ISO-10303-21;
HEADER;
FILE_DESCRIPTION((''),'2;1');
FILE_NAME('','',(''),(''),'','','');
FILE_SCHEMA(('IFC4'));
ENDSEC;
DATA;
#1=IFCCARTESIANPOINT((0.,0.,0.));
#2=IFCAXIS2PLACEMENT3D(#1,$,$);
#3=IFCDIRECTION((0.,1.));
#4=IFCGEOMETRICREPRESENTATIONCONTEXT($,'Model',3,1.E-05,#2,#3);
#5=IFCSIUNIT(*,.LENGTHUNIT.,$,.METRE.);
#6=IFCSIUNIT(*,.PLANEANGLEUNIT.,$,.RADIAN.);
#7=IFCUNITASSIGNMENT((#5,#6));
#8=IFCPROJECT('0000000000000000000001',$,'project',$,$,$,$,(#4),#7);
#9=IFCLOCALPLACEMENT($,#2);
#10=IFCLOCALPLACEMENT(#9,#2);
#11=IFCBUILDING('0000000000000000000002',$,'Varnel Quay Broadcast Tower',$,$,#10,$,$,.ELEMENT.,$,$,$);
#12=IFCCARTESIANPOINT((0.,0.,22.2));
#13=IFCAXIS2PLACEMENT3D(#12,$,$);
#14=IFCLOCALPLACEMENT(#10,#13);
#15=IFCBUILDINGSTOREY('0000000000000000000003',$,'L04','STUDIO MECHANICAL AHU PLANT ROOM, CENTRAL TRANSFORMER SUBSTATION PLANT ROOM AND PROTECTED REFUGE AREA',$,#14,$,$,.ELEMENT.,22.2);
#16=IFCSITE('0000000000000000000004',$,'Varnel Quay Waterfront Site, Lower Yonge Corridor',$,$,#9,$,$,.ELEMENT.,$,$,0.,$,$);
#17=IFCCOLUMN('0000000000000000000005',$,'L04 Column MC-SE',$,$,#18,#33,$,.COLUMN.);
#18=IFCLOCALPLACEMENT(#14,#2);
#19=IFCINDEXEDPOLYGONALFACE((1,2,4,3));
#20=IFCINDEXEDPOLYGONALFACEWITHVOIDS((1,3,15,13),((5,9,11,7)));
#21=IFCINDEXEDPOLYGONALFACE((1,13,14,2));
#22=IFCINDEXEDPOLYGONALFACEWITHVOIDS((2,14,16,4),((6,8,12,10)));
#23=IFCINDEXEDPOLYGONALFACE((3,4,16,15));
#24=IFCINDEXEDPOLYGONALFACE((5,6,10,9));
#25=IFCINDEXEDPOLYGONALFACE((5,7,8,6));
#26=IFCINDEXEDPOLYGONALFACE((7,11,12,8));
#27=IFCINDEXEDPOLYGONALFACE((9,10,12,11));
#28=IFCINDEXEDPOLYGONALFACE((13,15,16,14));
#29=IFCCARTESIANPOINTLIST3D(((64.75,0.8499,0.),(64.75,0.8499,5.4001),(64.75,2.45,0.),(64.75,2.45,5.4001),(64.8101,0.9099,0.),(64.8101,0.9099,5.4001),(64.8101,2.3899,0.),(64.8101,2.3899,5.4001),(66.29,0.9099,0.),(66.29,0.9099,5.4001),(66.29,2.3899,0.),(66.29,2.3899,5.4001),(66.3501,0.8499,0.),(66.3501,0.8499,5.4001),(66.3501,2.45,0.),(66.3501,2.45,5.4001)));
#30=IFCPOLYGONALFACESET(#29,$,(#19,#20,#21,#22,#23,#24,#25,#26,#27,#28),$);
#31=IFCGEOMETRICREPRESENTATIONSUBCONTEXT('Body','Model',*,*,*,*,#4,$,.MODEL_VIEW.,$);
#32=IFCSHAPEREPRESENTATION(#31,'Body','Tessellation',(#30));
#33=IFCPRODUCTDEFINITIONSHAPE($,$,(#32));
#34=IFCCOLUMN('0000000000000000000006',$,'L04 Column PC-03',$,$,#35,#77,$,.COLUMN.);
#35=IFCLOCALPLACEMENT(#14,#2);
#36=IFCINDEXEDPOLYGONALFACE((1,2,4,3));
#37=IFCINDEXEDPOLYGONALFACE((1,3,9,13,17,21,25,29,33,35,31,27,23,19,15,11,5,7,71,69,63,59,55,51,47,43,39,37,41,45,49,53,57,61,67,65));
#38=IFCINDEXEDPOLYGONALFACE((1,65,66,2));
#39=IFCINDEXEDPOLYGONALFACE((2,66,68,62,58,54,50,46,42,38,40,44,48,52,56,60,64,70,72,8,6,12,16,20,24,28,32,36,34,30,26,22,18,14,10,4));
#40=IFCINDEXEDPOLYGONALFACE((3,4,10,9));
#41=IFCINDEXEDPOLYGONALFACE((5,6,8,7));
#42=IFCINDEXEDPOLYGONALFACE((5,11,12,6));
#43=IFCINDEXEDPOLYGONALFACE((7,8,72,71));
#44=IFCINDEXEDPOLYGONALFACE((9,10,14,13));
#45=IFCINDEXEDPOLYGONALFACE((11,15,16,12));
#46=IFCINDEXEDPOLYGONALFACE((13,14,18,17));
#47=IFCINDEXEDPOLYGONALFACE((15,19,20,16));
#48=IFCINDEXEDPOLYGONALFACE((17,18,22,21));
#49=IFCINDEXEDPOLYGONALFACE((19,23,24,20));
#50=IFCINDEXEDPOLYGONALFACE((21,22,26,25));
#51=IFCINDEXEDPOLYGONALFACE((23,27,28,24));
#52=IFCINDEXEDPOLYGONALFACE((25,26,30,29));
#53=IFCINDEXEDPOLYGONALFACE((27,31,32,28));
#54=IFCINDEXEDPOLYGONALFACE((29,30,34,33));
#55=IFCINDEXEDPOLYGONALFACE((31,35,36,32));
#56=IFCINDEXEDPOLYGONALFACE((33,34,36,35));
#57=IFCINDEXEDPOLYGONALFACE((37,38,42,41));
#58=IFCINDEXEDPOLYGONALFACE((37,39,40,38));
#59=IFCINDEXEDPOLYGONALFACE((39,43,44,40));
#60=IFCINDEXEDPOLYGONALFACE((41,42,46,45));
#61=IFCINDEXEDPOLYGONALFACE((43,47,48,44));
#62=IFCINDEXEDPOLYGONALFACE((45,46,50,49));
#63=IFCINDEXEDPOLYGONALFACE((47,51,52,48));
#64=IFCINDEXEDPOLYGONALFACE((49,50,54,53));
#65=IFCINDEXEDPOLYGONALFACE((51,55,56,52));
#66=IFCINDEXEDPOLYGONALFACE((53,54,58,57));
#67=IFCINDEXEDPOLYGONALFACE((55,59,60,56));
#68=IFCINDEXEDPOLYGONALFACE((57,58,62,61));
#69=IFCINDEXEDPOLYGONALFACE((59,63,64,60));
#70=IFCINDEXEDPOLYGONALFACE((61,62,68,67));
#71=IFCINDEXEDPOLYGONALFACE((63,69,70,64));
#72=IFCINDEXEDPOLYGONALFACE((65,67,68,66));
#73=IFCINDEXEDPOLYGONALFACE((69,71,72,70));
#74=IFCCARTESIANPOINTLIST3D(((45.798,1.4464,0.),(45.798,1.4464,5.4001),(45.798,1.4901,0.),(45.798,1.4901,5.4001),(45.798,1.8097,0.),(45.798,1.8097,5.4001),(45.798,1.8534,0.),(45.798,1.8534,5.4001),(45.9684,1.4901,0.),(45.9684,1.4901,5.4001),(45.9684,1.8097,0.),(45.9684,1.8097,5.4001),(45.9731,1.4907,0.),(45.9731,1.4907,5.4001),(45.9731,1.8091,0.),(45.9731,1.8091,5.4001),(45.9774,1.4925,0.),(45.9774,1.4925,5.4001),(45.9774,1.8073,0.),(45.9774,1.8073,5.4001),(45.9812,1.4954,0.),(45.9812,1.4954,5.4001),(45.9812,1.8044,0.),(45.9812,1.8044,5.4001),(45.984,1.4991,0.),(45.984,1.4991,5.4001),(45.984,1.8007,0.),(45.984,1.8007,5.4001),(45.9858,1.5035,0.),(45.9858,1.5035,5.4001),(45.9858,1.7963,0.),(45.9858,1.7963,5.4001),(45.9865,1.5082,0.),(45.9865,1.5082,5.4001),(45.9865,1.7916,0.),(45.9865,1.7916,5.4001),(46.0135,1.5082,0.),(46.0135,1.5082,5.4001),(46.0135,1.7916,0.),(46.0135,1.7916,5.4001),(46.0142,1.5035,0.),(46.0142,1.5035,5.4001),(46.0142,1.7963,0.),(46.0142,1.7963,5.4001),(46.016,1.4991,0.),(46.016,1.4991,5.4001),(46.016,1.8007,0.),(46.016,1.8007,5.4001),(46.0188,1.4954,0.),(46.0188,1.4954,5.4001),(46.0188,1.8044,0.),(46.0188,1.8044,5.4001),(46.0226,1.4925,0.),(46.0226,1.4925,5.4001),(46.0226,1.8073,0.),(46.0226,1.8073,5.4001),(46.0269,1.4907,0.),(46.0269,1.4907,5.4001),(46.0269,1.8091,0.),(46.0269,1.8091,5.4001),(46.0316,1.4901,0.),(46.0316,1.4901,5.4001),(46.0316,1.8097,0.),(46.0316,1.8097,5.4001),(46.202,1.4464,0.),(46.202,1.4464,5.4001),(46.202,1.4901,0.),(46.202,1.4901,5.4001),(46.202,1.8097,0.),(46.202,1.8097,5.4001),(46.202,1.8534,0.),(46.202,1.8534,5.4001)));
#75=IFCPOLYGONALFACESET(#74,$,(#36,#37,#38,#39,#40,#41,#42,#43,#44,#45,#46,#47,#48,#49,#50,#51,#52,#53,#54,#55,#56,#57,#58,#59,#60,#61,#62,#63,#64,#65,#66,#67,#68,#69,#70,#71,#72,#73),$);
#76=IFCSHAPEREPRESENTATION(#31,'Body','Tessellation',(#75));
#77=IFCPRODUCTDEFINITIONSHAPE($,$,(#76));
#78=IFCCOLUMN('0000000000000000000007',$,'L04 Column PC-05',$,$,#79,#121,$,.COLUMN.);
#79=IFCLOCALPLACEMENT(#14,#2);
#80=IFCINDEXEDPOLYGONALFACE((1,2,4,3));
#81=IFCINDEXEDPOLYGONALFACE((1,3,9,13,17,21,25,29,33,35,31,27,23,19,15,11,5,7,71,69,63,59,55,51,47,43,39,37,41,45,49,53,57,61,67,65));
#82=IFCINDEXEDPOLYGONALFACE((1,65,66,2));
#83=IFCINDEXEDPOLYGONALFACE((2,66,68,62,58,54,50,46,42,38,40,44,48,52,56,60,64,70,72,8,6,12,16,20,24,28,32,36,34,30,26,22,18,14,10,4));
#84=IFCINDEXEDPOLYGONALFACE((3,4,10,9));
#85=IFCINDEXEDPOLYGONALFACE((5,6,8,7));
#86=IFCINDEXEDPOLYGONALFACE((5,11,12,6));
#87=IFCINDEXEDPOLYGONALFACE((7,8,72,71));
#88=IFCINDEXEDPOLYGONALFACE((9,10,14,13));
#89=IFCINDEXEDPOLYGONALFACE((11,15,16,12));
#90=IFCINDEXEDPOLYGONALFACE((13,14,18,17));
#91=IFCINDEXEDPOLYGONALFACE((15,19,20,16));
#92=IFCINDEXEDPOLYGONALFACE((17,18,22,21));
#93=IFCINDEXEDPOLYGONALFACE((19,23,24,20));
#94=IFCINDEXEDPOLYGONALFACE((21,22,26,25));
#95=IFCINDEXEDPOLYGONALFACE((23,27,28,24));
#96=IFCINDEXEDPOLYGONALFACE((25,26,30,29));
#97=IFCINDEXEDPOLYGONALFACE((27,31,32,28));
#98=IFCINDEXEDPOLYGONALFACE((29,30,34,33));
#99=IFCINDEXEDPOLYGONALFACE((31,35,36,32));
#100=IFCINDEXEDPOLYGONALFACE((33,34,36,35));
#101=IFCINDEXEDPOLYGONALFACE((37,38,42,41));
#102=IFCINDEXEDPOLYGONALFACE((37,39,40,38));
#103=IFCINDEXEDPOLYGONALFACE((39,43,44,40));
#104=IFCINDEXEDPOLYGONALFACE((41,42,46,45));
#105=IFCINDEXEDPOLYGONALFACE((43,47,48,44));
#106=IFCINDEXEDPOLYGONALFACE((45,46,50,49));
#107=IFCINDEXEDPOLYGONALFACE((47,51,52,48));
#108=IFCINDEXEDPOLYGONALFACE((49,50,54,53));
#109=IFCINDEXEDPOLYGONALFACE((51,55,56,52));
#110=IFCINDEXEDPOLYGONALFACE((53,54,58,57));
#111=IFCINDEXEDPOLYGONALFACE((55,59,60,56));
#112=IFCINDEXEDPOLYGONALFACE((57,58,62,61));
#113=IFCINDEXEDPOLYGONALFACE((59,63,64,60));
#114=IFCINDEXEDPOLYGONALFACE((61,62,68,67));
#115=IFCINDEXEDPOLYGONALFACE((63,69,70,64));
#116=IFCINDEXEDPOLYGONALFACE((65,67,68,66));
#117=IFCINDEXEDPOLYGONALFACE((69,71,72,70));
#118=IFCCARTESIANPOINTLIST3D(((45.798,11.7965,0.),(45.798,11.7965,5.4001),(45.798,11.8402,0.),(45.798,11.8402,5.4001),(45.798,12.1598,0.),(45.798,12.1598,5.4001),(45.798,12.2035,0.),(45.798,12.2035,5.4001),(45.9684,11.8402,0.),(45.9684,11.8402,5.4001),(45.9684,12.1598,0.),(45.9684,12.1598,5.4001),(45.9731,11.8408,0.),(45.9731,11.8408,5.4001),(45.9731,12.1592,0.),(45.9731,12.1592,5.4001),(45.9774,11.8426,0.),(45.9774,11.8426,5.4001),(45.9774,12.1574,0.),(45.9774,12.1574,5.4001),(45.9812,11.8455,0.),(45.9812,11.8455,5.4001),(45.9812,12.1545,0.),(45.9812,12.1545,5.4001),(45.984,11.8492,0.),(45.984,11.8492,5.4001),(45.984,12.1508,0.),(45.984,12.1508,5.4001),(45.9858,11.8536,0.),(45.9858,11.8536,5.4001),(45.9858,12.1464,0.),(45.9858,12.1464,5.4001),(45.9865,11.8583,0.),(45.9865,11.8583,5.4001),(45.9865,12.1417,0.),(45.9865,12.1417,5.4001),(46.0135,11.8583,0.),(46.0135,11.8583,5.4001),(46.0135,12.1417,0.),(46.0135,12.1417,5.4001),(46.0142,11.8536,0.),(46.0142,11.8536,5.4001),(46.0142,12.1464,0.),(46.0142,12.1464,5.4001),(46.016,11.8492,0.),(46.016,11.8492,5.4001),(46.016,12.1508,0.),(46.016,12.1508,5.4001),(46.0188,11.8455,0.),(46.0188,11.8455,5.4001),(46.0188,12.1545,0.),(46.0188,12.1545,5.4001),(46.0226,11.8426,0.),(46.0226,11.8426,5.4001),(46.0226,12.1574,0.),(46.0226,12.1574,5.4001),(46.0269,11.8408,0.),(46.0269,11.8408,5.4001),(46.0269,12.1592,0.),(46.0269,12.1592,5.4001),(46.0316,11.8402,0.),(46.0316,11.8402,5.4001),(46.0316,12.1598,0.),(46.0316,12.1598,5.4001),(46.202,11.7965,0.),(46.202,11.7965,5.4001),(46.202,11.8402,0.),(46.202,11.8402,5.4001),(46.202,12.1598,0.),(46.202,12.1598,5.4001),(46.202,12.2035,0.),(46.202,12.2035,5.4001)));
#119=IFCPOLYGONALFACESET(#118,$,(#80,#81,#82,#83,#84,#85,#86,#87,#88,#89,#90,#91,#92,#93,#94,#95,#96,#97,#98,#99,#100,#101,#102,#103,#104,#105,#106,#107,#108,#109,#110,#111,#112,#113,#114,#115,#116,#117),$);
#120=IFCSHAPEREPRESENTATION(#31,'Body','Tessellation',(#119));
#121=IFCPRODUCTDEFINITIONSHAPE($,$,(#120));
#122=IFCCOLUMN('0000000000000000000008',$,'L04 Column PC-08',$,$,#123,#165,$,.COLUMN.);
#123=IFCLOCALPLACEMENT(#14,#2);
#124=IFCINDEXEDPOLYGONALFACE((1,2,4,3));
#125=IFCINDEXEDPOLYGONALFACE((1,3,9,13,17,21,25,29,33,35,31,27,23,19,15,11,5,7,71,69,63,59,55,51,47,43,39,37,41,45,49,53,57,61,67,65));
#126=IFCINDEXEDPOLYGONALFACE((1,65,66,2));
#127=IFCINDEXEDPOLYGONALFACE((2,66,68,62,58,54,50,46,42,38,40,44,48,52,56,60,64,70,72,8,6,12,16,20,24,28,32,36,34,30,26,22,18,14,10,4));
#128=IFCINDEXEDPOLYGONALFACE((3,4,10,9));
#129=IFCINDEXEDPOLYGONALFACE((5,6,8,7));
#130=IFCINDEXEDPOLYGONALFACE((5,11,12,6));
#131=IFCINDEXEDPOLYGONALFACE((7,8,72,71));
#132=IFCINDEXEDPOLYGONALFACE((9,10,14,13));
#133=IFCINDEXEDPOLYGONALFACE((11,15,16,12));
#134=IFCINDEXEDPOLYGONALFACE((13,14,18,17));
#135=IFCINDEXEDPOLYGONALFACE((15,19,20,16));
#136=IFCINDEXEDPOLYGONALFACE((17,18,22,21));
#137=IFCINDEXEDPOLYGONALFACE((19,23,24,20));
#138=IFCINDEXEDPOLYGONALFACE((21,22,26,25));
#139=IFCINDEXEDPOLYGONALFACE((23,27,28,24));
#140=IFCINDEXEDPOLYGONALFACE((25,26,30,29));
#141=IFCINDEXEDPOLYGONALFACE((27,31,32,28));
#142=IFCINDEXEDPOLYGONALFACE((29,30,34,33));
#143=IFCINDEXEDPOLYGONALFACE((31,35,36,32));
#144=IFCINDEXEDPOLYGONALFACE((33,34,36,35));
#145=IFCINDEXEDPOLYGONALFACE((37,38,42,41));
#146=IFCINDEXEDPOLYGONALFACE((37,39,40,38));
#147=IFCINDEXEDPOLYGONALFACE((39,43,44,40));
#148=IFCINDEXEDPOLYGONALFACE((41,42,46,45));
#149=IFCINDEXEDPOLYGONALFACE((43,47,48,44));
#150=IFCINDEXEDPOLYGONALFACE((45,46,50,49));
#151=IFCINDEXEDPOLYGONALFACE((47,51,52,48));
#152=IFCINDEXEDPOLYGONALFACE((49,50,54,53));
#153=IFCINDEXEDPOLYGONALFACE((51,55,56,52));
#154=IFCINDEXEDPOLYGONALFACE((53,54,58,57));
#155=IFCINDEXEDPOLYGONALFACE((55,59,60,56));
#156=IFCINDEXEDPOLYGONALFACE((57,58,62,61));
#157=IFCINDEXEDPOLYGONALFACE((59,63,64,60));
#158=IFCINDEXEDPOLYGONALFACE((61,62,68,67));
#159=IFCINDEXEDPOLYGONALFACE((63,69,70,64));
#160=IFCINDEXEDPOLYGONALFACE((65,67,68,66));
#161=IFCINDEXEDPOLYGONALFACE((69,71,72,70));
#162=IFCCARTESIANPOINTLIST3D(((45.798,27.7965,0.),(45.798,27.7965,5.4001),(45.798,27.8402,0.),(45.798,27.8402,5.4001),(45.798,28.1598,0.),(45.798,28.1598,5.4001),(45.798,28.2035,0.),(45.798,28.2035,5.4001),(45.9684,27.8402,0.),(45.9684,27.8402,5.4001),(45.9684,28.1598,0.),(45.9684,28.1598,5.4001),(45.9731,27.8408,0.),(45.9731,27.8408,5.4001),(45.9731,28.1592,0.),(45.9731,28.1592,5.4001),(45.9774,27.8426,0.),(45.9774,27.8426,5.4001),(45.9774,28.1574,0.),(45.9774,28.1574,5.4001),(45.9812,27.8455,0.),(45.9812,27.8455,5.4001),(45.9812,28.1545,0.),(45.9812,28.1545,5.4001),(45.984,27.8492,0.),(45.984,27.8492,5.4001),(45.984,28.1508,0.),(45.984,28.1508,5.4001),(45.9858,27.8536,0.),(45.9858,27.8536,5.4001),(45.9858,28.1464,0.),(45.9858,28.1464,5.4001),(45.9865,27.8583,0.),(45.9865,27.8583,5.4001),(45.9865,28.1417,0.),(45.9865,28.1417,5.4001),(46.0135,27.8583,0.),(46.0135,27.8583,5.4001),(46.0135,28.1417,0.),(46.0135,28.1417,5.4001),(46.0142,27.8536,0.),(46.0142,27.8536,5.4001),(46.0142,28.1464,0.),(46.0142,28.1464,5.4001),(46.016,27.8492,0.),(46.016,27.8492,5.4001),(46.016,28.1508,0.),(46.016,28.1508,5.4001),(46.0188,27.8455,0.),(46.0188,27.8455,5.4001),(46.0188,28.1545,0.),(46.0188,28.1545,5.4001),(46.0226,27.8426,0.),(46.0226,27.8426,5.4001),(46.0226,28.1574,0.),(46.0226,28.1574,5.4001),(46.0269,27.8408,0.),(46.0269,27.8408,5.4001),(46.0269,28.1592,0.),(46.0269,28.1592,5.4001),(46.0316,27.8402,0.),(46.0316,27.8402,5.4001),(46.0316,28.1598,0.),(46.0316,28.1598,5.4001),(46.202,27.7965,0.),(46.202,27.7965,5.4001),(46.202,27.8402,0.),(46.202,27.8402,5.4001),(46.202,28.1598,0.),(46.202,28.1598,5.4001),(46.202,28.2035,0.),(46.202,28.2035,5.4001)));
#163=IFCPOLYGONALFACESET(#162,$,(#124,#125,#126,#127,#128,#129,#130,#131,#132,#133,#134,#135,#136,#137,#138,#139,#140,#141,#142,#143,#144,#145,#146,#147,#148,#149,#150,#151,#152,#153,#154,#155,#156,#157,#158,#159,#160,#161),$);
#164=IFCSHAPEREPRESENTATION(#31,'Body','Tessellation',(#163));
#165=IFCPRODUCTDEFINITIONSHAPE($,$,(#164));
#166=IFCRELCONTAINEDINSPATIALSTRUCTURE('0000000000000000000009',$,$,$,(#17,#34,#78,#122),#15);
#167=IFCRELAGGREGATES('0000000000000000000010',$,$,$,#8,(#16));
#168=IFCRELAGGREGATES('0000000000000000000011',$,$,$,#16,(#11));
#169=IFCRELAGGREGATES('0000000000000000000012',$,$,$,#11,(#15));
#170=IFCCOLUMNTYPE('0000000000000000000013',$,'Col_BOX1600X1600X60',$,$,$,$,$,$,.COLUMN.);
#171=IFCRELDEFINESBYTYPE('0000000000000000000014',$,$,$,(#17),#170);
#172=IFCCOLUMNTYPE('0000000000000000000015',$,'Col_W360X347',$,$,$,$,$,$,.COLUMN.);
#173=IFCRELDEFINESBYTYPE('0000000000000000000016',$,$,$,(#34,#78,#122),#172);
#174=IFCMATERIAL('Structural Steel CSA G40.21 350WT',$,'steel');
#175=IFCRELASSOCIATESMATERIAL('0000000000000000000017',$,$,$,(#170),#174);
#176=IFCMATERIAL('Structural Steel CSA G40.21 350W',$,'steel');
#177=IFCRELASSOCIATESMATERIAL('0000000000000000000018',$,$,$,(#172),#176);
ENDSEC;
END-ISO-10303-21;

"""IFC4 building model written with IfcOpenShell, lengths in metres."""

from ifc_helpers import new_model, si_unit, direction, frame, origin, origin_2d, place, context, subcontext, project, spatial, hollow_rectangle, i_section, extrude, source, transform, mapped, material, material_profile, profile_set, type_object, type_shapes, element, save


model = new_model("IFC4")

# Units and contexts
model_context = context("Model", 3, precision=1e-05, world=origin(), true_north=direction((0.0, 1.0)))
body_context = subcontext(model_context, "Body", "Model", "MODEL_VIEW")
ifc_project = project(units=[si_unit("LENGTHUNIT", "METRE"), si_unit("PLANEANGLEUNIT", "RADIAN")], contexts=[model_context])

# Site, building, storey
site_placement = place(None, origin())
site = spatial("IfcSite", under=ifc_project, at=site_placement, Name="Varnel Quay Waterfront Site, Lower Yonge Corridor", CompositionType="ELEMENT", RefElevation=0.0)
building_placement = place(site_placement, origin())
building = spatial("IfcBuilding", under=site, at=building_placement, Name="Varnel Quay Broadcast Tower", CompositionType="ELEMENT")
storey_placement = place(building_placement, frame((0.0, 0.0, 22.2)))
storey = spatial("IfcBuildingStorey", under=building, at=storey_placement, Name="L04", Description="STUDIO MECHANICAL AHU PLANT ROOM, CENTRAL TRANSFORMER SUBSTATION PLANT ROOM AND PROTECTED REFUGE AREA", CompositionType="ELEMENT", Elevation=22.2)

# Columns
ifc_material_1 = material(Name="Structural Steel CSA G40.21 350WT", Category="steel")
ifc_material_profile_1 = material_profile(ifc_material_1, hollow_rectangle(XDim=1.6001, YDim=1.6001, WallThickness=0.0601, at=origin_2d()), Name="BOX1600X1600X60")
ifc_profile_set_1 = profile_set([ifc_material_profile_1], Name="Structural Steel CSA G40.21 350WT")
column_type_1 = type_object("IfcColumnType", Name="Col_BOX1600X1600X60", PredefinedType="COLUMN", material=ifc_profile_set_1)
shared_shape_1 = source(origin(), body_context, "Body", "SweptSolid", [
    extrude(hollow_rectangle(XDim=1.6001, YDim=1.6001, WallThickness=0.0601, at=origin_2d()), origin(), (0.0, 0.0, 1.0), 5.4001),
])
type_shapes(column_type_1, [shared_shape_1])
column_placement = place(storey_placement, frame((65.55, 1.6499, 0.0), z_axis=(0.0, 0.0, 1.0), x_axis=(1.0, 0.0, 0.0)))
element("IfcColumn", 1, at=column_placement, inside=storey, type_object=column_type_1, Name="L04 Column MC-SE", PredefinedType="COLUMN", context=body_context, shape_type="MappedRepresentation", body=[
    mapped(shared_shape_1, transform((0.0, 0.0, 0.0), x_axis=(1.0, 0.0, 0.0), y_axis=(0.0, 1.0, 0.0), z_axis=(0.0, 0.0, 1.0), scale=1.0)),
])
ifc_material_2 = material(Name="Structural Steel CSA G40.21 350W", Category="steel")
ifc_material_profile_2 = material_profile(ifc_material_2, i_section(OverallWidth=0.4041, OverallDepth=0.407, WebThickness=0.0271, FlangeThickness=0.0437, FilletRadius=0.0181, at=origin_2d()), Name="W360X347")
ifc_profile_set_2 = profile_set([ifc_material_profile_2], Name="Structural Steel CSA G40.21 350W")
column_type_2 = type_object("IfcColumnType", Name="Col_W360X347", PredefinedType="COLUMN", material=ifc_profile_set_2)
shared_shape_2 = source(origin(), body_context, "Body", "SweptSolid", [
    extrude(i_section(OverallWidth=0.4041, OverallDepth=0.407, WebThickness=0.0271, FlangeThickness=0.0437, FilletRadius=0.0181, at=origin_2d()), origin(), (0.0, 0.0, 1.0), 5.4001),
])
type_shapes(column_type_2, [shared_shape_2])
for number, where, z_axis, x_axis, name in (
    (2, (46.0, 1.6499, 0.0), (0.0, 0.0, 1.0), (1.0, 0.0, 0.0), "L04 Column PC-03"),
    (3, (46.0, 12.0, 0.0), (0.0, 0.0, 1.0), (1.0, 0.0, 0.0), "L04 Column PC-05"),
    (4, (46.0, 28.0, 0.0), (0.0, 0.0, 1.0), (1.0, 0.0, 0.0), "L04 Column PC-08"),
):
    element("IfcColumn", number, at=place(storey_placement, frame(where, z_axis=z_axis, x_axis=x_axis)), inside=storey, type_object=column_type_2, Name=name, PredefinedType="COLUMN", context=body_context, shape_type="MappedRepresentation", body=[
        mapped(shared_shape_2, transform((0.0, 0.0, 0.0), x_axis=(1.0, 0.0, 0.0), y_axis=(0.0, 1.0, 0.0), z_axis=(0.0, 0.0, 1.0), scale=1.0)),
    ])

save(model, "model.ifc")
